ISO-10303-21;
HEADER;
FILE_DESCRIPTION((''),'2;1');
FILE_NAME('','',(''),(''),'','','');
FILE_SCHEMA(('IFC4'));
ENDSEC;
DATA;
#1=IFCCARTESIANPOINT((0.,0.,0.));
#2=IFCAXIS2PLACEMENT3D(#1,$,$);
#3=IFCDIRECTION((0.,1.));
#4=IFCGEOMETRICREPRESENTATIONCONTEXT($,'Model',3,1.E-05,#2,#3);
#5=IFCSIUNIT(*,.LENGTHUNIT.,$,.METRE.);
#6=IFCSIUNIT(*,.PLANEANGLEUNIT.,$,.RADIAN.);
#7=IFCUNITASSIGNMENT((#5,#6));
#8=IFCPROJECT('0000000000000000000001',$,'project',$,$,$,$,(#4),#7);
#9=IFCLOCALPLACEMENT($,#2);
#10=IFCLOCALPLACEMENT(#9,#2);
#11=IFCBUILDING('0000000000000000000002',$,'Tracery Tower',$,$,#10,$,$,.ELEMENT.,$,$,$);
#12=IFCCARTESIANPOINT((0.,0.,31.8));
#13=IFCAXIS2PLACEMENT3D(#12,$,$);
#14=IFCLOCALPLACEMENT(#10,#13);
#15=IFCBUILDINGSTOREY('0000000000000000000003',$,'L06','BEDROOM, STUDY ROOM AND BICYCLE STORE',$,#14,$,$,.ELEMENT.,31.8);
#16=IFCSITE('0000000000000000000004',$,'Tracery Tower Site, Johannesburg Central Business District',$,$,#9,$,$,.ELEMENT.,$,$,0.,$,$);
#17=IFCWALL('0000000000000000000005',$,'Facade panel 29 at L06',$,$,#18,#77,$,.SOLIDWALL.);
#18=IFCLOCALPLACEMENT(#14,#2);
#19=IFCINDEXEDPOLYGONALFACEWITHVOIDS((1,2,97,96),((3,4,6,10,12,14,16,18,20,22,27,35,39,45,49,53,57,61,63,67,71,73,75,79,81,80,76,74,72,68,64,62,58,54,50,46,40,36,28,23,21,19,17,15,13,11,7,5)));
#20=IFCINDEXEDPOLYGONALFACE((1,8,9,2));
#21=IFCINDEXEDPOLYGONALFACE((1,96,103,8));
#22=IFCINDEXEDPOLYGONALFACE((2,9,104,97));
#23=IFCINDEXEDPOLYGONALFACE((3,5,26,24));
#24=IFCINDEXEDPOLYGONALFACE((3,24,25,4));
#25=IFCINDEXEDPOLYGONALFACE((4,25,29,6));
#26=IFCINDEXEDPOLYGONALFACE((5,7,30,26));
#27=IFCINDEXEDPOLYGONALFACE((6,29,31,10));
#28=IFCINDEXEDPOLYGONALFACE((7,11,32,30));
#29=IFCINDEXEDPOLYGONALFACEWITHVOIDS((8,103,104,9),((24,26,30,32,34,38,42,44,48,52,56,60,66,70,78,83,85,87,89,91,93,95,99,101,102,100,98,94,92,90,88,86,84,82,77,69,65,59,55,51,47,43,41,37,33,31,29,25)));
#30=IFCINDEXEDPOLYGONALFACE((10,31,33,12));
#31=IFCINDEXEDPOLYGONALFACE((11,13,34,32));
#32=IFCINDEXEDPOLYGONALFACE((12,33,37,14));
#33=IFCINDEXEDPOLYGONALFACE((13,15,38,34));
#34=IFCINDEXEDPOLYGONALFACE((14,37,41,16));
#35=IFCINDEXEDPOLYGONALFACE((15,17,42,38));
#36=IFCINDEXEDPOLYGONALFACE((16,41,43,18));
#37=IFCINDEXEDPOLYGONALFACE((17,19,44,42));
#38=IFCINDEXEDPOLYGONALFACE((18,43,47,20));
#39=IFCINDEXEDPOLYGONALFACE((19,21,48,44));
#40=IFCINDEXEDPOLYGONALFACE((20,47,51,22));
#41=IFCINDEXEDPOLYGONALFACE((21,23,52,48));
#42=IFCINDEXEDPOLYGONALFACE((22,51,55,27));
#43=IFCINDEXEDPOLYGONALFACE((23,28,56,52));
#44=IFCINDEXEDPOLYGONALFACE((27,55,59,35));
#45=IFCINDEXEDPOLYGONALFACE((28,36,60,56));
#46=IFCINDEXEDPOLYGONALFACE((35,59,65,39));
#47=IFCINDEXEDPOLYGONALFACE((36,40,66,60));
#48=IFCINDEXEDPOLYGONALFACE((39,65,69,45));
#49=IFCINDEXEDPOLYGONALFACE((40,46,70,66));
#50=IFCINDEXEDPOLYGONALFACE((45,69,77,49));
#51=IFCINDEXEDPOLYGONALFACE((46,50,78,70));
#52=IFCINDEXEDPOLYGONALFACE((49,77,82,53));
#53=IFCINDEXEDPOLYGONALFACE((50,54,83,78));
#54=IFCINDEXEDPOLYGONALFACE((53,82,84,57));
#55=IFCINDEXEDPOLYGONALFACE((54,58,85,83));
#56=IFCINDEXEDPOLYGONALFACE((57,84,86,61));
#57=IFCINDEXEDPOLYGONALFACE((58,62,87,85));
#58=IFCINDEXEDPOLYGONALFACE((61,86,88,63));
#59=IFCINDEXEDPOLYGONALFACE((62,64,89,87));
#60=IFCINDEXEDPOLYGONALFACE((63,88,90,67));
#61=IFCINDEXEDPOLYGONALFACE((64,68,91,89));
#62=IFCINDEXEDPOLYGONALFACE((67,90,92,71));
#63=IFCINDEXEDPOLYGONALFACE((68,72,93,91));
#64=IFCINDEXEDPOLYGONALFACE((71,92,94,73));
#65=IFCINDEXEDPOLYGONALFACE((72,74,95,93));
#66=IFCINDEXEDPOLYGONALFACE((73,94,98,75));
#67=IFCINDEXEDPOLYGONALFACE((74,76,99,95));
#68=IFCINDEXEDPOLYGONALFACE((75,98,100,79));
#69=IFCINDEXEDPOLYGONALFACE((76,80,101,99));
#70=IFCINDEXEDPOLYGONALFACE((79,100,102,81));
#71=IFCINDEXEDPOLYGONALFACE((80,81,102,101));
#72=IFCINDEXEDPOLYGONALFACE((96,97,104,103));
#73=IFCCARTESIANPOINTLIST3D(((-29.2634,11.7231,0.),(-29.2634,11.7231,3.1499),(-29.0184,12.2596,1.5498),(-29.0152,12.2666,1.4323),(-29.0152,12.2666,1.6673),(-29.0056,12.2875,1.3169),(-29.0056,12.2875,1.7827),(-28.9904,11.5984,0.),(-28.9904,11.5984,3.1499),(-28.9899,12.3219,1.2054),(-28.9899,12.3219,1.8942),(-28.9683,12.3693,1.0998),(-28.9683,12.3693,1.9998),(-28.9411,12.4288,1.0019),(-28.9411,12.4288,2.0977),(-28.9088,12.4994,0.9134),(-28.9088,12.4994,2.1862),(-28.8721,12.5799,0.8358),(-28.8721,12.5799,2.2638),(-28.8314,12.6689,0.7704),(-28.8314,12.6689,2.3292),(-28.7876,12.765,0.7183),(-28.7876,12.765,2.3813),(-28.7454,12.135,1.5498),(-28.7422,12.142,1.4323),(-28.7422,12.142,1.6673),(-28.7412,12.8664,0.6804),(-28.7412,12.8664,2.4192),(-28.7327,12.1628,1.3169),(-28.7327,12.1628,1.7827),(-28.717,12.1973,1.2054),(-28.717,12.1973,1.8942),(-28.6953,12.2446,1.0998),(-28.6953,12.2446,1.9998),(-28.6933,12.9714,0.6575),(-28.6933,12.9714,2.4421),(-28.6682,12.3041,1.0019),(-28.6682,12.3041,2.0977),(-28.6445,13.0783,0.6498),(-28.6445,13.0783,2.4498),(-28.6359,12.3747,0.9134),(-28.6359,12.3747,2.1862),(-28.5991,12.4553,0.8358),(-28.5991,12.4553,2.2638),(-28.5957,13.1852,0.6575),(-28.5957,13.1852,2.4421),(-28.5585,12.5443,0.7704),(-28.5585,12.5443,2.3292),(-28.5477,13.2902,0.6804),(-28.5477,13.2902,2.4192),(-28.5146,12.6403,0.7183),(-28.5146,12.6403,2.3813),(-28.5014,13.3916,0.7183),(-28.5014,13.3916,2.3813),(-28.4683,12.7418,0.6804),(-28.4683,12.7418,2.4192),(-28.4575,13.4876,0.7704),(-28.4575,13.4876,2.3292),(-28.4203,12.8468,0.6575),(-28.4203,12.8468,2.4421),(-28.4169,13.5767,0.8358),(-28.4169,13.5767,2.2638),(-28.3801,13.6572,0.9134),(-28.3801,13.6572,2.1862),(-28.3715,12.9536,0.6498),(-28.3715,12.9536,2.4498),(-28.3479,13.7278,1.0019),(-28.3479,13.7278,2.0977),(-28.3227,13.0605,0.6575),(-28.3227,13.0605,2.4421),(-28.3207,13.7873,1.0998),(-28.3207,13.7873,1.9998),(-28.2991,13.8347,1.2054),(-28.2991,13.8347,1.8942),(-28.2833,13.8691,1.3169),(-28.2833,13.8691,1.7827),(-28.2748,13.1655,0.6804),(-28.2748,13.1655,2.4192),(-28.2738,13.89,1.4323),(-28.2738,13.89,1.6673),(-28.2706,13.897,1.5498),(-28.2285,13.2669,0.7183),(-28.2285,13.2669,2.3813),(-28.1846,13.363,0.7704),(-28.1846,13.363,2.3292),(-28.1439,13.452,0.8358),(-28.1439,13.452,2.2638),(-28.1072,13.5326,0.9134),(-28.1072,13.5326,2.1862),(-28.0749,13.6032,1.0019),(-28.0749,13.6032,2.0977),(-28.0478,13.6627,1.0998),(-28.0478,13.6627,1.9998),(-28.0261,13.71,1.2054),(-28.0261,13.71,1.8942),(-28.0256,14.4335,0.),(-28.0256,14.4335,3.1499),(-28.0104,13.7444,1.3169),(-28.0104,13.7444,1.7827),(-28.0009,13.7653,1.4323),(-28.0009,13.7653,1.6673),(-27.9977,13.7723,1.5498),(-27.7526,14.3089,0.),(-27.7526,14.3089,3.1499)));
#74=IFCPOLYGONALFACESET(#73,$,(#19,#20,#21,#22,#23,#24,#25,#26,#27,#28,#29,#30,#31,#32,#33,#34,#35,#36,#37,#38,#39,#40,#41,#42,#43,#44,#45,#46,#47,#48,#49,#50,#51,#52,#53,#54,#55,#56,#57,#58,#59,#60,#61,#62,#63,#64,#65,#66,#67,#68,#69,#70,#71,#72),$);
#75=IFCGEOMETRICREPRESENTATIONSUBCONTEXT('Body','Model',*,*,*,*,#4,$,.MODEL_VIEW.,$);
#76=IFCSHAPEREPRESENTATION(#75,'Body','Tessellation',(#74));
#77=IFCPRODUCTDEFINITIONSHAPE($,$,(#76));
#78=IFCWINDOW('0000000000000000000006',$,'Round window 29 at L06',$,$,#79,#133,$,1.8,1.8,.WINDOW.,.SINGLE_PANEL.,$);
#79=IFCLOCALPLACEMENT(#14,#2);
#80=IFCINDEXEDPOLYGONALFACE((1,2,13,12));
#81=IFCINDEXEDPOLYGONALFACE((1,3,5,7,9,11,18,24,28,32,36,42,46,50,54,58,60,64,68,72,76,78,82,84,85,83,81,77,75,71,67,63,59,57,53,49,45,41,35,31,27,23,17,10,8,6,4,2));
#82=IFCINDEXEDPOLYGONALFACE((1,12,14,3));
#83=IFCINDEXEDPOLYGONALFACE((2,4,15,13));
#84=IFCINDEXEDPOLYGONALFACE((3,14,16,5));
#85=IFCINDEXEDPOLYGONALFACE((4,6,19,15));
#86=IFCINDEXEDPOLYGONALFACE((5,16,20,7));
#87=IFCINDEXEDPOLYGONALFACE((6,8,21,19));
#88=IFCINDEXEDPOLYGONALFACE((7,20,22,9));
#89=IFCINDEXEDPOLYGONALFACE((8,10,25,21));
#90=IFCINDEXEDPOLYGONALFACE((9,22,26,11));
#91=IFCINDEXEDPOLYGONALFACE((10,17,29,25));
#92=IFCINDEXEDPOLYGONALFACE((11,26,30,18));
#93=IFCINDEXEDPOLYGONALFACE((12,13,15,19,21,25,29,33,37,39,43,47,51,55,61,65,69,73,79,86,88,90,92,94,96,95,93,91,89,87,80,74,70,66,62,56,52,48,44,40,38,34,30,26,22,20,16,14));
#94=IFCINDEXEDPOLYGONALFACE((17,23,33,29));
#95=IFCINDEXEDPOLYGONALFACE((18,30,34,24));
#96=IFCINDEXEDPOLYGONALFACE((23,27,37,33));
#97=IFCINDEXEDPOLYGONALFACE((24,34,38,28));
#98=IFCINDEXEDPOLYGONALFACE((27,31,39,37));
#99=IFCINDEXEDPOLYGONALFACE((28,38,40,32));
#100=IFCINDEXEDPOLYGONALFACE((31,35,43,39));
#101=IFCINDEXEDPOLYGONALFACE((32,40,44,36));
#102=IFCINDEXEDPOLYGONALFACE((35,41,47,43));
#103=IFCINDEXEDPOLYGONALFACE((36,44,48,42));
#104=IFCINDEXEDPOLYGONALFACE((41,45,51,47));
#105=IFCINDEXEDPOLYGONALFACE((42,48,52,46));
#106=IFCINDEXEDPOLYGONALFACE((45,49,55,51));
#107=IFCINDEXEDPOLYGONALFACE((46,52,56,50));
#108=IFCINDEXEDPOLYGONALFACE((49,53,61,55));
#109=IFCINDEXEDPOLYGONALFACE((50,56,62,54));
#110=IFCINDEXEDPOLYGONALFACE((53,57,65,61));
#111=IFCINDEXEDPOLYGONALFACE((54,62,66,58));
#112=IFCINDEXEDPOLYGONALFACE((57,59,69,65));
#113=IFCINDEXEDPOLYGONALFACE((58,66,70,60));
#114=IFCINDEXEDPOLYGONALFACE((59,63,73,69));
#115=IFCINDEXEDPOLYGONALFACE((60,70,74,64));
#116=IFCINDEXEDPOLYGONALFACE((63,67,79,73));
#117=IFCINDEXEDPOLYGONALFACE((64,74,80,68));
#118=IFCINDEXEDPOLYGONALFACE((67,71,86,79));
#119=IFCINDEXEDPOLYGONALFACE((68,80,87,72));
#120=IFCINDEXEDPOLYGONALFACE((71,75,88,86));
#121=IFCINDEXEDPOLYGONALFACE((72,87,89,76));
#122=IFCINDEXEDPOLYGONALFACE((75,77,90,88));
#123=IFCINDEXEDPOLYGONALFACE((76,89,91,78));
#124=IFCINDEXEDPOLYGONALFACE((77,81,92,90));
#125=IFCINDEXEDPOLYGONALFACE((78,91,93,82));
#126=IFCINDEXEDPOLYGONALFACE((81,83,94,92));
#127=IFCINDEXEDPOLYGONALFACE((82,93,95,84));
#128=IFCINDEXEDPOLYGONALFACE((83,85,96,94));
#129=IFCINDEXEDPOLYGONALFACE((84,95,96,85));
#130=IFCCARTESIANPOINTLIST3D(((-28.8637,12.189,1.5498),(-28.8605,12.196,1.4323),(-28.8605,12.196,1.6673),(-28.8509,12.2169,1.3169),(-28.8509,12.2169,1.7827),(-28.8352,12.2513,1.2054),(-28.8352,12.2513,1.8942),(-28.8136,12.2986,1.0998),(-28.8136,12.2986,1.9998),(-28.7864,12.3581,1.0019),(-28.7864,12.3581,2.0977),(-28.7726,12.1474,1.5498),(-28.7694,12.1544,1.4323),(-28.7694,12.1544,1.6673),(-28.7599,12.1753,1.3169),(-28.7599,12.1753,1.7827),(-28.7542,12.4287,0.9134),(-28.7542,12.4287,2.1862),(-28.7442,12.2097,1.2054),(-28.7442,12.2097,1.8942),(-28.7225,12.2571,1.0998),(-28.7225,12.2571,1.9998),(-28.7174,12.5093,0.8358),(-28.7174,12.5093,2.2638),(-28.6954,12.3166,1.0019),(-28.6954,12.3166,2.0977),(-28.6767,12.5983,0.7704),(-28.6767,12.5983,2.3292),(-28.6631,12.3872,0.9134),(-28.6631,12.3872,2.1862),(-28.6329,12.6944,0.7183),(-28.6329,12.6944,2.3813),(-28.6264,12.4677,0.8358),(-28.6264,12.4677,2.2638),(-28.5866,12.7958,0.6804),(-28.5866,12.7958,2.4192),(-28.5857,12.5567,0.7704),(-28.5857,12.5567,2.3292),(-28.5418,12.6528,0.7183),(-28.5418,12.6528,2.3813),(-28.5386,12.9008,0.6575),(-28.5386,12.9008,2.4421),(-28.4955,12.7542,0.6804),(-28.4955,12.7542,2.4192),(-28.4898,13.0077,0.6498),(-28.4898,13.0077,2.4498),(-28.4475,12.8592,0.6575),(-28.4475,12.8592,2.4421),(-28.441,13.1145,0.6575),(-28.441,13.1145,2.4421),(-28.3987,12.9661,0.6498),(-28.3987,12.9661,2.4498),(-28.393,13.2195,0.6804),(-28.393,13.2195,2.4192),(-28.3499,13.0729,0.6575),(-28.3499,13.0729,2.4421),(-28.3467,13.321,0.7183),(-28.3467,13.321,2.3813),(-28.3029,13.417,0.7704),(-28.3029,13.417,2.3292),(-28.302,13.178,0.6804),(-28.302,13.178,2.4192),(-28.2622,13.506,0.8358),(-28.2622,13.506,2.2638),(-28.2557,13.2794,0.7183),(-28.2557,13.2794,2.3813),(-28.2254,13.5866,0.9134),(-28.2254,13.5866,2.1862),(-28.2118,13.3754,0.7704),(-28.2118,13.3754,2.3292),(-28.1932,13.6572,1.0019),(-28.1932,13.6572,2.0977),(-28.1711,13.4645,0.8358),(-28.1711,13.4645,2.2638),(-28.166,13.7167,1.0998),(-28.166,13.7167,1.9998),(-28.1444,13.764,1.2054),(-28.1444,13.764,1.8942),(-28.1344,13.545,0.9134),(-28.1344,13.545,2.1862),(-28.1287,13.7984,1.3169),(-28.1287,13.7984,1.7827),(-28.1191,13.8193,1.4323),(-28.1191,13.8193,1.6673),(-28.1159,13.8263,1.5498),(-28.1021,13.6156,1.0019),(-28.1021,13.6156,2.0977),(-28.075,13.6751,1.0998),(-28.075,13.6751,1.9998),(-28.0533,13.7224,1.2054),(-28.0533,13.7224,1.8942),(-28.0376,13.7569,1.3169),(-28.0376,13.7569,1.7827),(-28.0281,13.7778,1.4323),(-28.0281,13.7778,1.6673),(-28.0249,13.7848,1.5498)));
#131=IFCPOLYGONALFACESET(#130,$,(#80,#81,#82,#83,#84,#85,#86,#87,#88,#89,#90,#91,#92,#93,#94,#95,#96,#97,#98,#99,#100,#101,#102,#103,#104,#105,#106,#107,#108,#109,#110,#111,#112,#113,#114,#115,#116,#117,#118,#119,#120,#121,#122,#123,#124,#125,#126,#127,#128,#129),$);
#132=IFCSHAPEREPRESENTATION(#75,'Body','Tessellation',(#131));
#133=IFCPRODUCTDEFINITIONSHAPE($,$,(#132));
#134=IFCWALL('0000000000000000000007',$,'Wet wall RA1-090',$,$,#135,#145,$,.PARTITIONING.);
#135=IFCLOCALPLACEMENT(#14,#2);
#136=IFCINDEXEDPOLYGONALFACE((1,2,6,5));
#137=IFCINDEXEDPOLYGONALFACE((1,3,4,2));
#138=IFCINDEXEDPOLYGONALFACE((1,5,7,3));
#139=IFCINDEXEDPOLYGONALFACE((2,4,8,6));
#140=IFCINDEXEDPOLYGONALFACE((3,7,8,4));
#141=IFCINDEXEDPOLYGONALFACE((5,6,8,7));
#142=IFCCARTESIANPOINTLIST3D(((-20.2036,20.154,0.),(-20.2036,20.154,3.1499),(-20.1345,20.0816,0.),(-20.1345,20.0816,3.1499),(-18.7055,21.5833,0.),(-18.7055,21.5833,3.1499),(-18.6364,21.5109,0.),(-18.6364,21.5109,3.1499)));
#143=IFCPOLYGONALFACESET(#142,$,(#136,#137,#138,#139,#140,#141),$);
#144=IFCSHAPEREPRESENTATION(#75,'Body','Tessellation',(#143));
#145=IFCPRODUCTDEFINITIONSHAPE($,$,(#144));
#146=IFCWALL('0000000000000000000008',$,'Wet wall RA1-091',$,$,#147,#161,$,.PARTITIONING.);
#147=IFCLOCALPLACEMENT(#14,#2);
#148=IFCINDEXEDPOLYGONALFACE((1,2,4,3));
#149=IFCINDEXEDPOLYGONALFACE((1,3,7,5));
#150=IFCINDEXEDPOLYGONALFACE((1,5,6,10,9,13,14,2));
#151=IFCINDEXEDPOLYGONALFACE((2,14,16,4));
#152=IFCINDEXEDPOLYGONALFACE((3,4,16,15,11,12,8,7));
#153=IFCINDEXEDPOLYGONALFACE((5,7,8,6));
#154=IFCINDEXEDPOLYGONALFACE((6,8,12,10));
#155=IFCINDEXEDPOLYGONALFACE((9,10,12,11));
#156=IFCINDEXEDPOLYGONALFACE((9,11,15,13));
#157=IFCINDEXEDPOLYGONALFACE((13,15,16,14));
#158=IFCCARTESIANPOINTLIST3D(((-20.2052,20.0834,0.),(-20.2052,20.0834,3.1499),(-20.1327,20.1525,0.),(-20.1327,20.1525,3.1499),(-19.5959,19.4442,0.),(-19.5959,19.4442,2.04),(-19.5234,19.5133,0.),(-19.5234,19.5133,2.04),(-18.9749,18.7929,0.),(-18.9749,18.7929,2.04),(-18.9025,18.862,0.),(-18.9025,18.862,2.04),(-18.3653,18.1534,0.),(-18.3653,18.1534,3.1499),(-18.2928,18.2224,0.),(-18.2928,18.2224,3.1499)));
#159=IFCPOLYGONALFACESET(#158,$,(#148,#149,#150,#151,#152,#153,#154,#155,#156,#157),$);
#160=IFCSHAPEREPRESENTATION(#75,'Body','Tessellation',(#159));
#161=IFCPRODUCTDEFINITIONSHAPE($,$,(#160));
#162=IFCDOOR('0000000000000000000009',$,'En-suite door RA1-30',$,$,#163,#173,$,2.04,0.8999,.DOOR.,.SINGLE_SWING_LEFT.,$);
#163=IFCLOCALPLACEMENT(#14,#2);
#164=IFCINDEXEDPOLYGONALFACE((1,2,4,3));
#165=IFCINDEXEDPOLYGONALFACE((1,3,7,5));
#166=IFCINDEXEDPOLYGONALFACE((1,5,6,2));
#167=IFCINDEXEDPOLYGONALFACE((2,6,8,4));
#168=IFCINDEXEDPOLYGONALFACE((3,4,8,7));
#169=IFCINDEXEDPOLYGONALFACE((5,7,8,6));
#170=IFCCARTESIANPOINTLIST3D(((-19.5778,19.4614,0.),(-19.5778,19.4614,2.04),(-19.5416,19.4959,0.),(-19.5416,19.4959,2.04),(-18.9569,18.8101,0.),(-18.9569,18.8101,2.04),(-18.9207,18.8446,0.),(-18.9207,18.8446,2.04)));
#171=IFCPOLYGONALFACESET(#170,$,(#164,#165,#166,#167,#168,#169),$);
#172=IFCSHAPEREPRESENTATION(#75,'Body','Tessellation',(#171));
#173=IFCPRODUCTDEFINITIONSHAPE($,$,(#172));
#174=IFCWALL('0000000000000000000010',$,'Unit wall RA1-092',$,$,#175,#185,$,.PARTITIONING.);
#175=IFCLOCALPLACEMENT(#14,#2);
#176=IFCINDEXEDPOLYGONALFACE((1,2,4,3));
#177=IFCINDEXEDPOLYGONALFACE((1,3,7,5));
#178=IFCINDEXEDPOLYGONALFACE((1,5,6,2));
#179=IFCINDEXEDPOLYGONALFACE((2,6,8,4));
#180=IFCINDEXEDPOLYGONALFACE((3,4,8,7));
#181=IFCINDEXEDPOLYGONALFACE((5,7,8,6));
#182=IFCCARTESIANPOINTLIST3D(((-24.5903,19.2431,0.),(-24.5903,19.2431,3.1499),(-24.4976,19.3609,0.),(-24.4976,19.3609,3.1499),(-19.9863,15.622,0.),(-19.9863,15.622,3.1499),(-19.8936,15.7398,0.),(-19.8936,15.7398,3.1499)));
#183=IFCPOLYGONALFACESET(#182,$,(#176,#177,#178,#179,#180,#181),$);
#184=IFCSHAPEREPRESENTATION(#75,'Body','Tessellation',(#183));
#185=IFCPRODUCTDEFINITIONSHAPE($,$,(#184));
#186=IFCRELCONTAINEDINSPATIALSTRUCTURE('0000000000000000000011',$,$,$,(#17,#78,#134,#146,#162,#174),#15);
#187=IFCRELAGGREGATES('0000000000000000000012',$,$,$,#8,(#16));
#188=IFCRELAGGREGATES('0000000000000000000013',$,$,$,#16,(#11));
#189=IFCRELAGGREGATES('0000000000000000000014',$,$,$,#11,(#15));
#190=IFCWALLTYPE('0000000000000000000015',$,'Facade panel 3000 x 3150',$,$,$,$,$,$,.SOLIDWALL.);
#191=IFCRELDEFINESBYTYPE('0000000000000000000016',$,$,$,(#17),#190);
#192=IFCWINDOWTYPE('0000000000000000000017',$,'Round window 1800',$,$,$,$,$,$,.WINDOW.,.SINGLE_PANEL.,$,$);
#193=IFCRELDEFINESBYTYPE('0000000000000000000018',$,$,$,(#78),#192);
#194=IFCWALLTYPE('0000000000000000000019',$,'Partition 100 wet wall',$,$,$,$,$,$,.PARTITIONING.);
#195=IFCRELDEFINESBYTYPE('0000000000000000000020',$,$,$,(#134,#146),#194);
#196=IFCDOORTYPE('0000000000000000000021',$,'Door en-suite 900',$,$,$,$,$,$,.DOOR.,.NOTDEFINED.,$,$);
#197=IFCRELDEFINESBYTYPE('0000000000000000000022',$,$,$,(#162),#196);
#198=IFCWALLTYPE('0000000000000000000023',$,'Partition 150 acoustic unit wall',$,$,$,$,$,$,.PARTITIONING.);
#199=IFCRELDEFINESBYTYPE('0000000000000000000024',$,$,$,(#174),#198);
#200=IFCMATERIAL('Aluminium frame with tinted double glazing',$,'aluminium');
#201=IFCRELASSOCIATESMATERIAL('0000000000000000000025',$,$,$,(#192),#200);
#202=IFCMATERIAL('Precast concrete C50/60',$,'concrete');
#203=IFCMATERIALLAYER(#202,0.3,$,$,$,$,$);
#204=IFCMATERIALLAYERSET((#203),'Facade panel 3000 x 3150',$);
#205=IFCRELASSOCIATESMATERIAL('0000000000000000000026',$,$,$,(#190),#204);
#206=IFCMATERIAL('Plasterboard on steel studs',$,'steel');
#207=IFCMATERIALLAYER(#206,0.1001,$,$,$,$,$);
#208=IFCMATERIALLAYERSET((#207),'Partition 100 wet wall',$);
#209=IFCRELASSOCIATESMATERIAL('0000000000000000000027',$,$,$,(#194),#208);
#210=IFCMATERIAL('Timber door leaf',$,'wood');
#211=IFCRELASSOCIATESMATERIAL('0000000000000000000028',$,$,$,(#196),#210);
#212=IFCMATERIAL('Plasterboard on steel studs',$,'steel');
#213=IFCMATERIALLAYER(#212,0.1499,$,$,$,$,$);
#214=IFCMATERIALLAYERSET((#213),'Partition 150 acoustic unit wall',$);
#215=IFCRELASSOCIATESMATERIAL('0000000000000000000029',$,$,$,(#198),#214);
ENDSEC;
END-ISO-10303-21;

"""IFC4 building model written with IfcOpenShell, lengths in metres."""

from ifc_helpers import new_model, si_unit, direction, frame, frame_2d, origin, origin_2d, place, context, subcontext, project, spatial, rectangle, circle, extrude, material, layer, layer_set, type_object, element, fill, save


model = new_model("IFC4")

# Units and contexts
model_context = context("Model", 3, precision=1e-05, world=origin(), true_north=direction((0.0, 1.0)))
body_context = subcontext(model_context, "Body", "Model", "MODEL_VIEW")
ifc_project = project(units=[si_unit("LENGTHUNIT", "METRE"), si_unit("PLANEANGLEUNIT", "RADIAN")], contexts=[model_context])

# Site, building, storey
site_placement = place(None, origin())
site = spatial("IfcSite", under=ifc_project, at=site_placement, Name="Tracery Tower Site, Johannesburg Central Business District", CompositionType="ELEMENT", RefElevation=0.0)
building_placement = place(site_placement, origin())
building = spatial("IfcBuilding", under=site, at=building_placement, Name="Tracery Tower", CompositionType="ELEMENT")
storey_placement = place(building_placement, frame((0.0, 0.0, 31.8)))
storey = spatial("IfcBuildingStorey", under=building, at=storey_placement, Name="L06", Description="BEDROOM, STUDY ROOM AND BICYCLE STORE", CompositionType="ELEMENT", Elevation=31.8)

# Wall, opening, window
ifc_material_1 = material(Name="Aluminium frame with tinted double glazing", Category="aluminium")
window_type = type_object("IfcWindowType", Name="Round window 1800", PartitioningType="SINGLE_PANEL", PredefinedType="WINDOW", material=ifc_material_1)
ifc_material_2 = material(Name="Precast concrete C50/60", Category="concrete")
ifc_layer_1 = layer(ifc_material_2, 0.3)
ifc_layer_set_1 = layer_set([ifc_layer_1], Name="Facade panel 3000 x 3150")
wall_type_1 = type_object("IfcWallType", Name="Facade panel 3000 x 3150", PredefinedType="SOLIDWALL", material=ifc_layer_set_1)
wall_1_placement = place(storey_placement, frame((-27.8892, 14.3711, 0.0), z_axis=(0.0, 0.0, 1.0), x_axis=(-0.415407, -0.909636, 0.0)))
wall_1 = element("IfcWall", 1, at=wall_1_placement, inside=storey, type_object=wall_type_1, Name="Facade panel 29 at L06", PredefinedType="SOLIDWALL", context=body_context, shape_type="SweptSolid", body=[
    extrude(rectangle(XDim=2.9797, YDim=0.3, at=frame_2d((1.4897, 0.0))), origin(), (0.0, 0.0, 1.0), 3.1499),
])
opening_1_placement = place(wall_1_placement, frame((1.4897, 0.0, 1.5498)))
opening_1 = element("IfcOpeningElement", 2, at=opening_1_placement, cuts=wall_1, PredefinedType="OPENING", context=body_context, shape_type="SweptSolid", body=[
    extrude(circle(Radius=0.9, at=origin_2d()), frame((0.0, 0.1599, 0.0), z_axis=(0.0, -1.0, 0.0), x_axis=(1.0, 0.0, 0.0)), (0.0, 0.0, 1.0), 0.3201),
])
window_1_placement = place(opening_1_placement, origin())
window_1 = element("IfcWindow", 3, at=window_1_placement, inside=storey, type_object=window_type, Name="Round window 29 at L06", OverallHeight=1.8, OverallWidth=1.8, PartitioningType="SINGLE_PANEL", PredefinedType="WINDOW", context=body_context, shape_type="SweptSolid", body=[
    extrude(circle(Radius=0.9, at=origin_2d()), frame((0.0, 0.1201, 0.0), z_axis=(0.0, -1.0, 0.0), x_axis=(1.0, 0.0, 0.0)), (0.0, 0.0, 1.0), 0.1001),
])
fill(opening_1, window_1)

# Wall
ifc_material_3 = material(Name="Plasterboard on steel studs", Category="steel")
ifc_layer_2 = layer(ifc_material_3, 0.1001)
ifc_layer_set_2 = layer_set([ifc_layer_2], Name="Partition 100 wet wall")
wall_type_2 = type_object("IfcWallType", Name="Partition 100 wet wall", PredefinedType="PARTITIONING", material=ifc_layer_set_2)
wall_2_placement = place(storey_placement, frame((-20.1689, 20.1179, 0.0), z_axis=(0.0, 0.0, 1.0), x_axis=(0.723538, 0.690285, 0.0)))
element("IfcWall", 4, at=wall_2_placement, inside=storey, type_object=wall_type_2, Name="Wet wall RA1-090", PredefinedType="PARTITIONING", context=body_context, shape_type="SweptSolid", body=[
    extrude(rectangle(XDim=2.0706, YDim=0.1001, at=frame_2d((1.0352, 0.0))), origin(), (0.0, 0.0, 1.0), 3.1499),
])

# Wall, opening, door
wall_3_placement = place(storey_placement, frame((-20.1689, 20.1179, 0.0), z_axis=(0.0, 0.0, 1.0), x_axis=(0.690012, -0.723798, 0.0)))
wall_3 = element("IfcWall", 5, at=wall_3_placement, inside=storey, type_object=wall_type_2, Name="Wet wall RA1-091", PredefinedType="PARTITIONING", context=body_context, shape_type="SweptSolid", body=[
    extrude(rectangle(XDim=2.6665, YDim=0.1001, at=frame_2d((1.3333, 0.0))), origin(), (0.0, 0.0, 1.0), 3.1499),
])
opening_2_placement = place(wall_3_placement, frame((0.8831, 0.0, 0.0)))
opening_2 = element("IfcOpeningElement", 6, at=opening_2_placement, cuts=wall_3, PredefinedType="OPENING", context=body_context, shape_type="SweptSolid", body=[
    extrude(rectangle(XDim=0.8999, YDim=2.04, at=frame_2d((0.45, 1.02))), frame((0.0, 0.05, 0.0), z_axis=(0.0, -1.0, 0.0), x_axis=(1.0, 0.0, 0.0)), (0.0, 0.0, 1.0), 0.1001),
])
ifc_material_4 = material(Name="Timber door leaf", Category="wood")
door_type_1 = type_object("IfcDoorType", Name="Door en-suite 900", OperationType="NOTDEFINED", PredefinedType="DOOR", material=ifc_material_4)
door_1_placement = place(opening_2_placement, origin())
door_1 = element("IfcDoor", 7, at=door_1_placement, inside=storey, type_object=door_type_1, Name="En-suite door RA1-30", OperationType="SINGLE_SWING_LEFT", OverallHeight=2.04, OverallWidth=0.8999, PredefinedType="DOOR", context=body_context, shape_type="SweptSolid", body=[
    extrude(rectangle(XDim=0.8999, YDim=2.04, at=frame_2d((0.45, 1.02))), frame((0.0, 0.0249, 0.0), z_axis=(0.0, -1.0, 0.0), x_axis=(1.0, 0.0, 0.0)), (0.0, 0.0, 1.0), 0.05),
])
fill(opening_2, door_1)

# Wall
ifc_material_5 = material(Name="Plasterboard on steel studs", Category="steel")
ifc_layer_3 = layer(ifc_material_5, 0.1499)
ifc_layer_set_3 = layer_set([ifc_layer_3], Name="Partition 150 acoustic unit wall")
wall_type_3 = type_object("IfcWallType", Name="Partition 150 acoustic unit wall", PredefinedType="PARTITIONING", material=ifc_layer_set_3)
wall_4_placement = place(storey_placement, frame((-24.5439, 19.302, 0.0), z_axis=(0.0, 0.0, 1.0), x_axis=(0.786015, -0.618208, 0.0)))
element("IfcWall", 8, at=wall_4_placement, inside=storey, type_object=wall_type_3, Name="Unit wall RA1-092", PredefinedType="PARTITIONING", context=body_context, shape_type="SweptSolid", body=[
    extrude(rectangle(XDim=5.8574, YDim=0.1499, at=frame_2d((2.9287, 0.0))), origin(), (0.0, 0.0, 1.0), 3.1499),
])

save(model, "model.ifc")
